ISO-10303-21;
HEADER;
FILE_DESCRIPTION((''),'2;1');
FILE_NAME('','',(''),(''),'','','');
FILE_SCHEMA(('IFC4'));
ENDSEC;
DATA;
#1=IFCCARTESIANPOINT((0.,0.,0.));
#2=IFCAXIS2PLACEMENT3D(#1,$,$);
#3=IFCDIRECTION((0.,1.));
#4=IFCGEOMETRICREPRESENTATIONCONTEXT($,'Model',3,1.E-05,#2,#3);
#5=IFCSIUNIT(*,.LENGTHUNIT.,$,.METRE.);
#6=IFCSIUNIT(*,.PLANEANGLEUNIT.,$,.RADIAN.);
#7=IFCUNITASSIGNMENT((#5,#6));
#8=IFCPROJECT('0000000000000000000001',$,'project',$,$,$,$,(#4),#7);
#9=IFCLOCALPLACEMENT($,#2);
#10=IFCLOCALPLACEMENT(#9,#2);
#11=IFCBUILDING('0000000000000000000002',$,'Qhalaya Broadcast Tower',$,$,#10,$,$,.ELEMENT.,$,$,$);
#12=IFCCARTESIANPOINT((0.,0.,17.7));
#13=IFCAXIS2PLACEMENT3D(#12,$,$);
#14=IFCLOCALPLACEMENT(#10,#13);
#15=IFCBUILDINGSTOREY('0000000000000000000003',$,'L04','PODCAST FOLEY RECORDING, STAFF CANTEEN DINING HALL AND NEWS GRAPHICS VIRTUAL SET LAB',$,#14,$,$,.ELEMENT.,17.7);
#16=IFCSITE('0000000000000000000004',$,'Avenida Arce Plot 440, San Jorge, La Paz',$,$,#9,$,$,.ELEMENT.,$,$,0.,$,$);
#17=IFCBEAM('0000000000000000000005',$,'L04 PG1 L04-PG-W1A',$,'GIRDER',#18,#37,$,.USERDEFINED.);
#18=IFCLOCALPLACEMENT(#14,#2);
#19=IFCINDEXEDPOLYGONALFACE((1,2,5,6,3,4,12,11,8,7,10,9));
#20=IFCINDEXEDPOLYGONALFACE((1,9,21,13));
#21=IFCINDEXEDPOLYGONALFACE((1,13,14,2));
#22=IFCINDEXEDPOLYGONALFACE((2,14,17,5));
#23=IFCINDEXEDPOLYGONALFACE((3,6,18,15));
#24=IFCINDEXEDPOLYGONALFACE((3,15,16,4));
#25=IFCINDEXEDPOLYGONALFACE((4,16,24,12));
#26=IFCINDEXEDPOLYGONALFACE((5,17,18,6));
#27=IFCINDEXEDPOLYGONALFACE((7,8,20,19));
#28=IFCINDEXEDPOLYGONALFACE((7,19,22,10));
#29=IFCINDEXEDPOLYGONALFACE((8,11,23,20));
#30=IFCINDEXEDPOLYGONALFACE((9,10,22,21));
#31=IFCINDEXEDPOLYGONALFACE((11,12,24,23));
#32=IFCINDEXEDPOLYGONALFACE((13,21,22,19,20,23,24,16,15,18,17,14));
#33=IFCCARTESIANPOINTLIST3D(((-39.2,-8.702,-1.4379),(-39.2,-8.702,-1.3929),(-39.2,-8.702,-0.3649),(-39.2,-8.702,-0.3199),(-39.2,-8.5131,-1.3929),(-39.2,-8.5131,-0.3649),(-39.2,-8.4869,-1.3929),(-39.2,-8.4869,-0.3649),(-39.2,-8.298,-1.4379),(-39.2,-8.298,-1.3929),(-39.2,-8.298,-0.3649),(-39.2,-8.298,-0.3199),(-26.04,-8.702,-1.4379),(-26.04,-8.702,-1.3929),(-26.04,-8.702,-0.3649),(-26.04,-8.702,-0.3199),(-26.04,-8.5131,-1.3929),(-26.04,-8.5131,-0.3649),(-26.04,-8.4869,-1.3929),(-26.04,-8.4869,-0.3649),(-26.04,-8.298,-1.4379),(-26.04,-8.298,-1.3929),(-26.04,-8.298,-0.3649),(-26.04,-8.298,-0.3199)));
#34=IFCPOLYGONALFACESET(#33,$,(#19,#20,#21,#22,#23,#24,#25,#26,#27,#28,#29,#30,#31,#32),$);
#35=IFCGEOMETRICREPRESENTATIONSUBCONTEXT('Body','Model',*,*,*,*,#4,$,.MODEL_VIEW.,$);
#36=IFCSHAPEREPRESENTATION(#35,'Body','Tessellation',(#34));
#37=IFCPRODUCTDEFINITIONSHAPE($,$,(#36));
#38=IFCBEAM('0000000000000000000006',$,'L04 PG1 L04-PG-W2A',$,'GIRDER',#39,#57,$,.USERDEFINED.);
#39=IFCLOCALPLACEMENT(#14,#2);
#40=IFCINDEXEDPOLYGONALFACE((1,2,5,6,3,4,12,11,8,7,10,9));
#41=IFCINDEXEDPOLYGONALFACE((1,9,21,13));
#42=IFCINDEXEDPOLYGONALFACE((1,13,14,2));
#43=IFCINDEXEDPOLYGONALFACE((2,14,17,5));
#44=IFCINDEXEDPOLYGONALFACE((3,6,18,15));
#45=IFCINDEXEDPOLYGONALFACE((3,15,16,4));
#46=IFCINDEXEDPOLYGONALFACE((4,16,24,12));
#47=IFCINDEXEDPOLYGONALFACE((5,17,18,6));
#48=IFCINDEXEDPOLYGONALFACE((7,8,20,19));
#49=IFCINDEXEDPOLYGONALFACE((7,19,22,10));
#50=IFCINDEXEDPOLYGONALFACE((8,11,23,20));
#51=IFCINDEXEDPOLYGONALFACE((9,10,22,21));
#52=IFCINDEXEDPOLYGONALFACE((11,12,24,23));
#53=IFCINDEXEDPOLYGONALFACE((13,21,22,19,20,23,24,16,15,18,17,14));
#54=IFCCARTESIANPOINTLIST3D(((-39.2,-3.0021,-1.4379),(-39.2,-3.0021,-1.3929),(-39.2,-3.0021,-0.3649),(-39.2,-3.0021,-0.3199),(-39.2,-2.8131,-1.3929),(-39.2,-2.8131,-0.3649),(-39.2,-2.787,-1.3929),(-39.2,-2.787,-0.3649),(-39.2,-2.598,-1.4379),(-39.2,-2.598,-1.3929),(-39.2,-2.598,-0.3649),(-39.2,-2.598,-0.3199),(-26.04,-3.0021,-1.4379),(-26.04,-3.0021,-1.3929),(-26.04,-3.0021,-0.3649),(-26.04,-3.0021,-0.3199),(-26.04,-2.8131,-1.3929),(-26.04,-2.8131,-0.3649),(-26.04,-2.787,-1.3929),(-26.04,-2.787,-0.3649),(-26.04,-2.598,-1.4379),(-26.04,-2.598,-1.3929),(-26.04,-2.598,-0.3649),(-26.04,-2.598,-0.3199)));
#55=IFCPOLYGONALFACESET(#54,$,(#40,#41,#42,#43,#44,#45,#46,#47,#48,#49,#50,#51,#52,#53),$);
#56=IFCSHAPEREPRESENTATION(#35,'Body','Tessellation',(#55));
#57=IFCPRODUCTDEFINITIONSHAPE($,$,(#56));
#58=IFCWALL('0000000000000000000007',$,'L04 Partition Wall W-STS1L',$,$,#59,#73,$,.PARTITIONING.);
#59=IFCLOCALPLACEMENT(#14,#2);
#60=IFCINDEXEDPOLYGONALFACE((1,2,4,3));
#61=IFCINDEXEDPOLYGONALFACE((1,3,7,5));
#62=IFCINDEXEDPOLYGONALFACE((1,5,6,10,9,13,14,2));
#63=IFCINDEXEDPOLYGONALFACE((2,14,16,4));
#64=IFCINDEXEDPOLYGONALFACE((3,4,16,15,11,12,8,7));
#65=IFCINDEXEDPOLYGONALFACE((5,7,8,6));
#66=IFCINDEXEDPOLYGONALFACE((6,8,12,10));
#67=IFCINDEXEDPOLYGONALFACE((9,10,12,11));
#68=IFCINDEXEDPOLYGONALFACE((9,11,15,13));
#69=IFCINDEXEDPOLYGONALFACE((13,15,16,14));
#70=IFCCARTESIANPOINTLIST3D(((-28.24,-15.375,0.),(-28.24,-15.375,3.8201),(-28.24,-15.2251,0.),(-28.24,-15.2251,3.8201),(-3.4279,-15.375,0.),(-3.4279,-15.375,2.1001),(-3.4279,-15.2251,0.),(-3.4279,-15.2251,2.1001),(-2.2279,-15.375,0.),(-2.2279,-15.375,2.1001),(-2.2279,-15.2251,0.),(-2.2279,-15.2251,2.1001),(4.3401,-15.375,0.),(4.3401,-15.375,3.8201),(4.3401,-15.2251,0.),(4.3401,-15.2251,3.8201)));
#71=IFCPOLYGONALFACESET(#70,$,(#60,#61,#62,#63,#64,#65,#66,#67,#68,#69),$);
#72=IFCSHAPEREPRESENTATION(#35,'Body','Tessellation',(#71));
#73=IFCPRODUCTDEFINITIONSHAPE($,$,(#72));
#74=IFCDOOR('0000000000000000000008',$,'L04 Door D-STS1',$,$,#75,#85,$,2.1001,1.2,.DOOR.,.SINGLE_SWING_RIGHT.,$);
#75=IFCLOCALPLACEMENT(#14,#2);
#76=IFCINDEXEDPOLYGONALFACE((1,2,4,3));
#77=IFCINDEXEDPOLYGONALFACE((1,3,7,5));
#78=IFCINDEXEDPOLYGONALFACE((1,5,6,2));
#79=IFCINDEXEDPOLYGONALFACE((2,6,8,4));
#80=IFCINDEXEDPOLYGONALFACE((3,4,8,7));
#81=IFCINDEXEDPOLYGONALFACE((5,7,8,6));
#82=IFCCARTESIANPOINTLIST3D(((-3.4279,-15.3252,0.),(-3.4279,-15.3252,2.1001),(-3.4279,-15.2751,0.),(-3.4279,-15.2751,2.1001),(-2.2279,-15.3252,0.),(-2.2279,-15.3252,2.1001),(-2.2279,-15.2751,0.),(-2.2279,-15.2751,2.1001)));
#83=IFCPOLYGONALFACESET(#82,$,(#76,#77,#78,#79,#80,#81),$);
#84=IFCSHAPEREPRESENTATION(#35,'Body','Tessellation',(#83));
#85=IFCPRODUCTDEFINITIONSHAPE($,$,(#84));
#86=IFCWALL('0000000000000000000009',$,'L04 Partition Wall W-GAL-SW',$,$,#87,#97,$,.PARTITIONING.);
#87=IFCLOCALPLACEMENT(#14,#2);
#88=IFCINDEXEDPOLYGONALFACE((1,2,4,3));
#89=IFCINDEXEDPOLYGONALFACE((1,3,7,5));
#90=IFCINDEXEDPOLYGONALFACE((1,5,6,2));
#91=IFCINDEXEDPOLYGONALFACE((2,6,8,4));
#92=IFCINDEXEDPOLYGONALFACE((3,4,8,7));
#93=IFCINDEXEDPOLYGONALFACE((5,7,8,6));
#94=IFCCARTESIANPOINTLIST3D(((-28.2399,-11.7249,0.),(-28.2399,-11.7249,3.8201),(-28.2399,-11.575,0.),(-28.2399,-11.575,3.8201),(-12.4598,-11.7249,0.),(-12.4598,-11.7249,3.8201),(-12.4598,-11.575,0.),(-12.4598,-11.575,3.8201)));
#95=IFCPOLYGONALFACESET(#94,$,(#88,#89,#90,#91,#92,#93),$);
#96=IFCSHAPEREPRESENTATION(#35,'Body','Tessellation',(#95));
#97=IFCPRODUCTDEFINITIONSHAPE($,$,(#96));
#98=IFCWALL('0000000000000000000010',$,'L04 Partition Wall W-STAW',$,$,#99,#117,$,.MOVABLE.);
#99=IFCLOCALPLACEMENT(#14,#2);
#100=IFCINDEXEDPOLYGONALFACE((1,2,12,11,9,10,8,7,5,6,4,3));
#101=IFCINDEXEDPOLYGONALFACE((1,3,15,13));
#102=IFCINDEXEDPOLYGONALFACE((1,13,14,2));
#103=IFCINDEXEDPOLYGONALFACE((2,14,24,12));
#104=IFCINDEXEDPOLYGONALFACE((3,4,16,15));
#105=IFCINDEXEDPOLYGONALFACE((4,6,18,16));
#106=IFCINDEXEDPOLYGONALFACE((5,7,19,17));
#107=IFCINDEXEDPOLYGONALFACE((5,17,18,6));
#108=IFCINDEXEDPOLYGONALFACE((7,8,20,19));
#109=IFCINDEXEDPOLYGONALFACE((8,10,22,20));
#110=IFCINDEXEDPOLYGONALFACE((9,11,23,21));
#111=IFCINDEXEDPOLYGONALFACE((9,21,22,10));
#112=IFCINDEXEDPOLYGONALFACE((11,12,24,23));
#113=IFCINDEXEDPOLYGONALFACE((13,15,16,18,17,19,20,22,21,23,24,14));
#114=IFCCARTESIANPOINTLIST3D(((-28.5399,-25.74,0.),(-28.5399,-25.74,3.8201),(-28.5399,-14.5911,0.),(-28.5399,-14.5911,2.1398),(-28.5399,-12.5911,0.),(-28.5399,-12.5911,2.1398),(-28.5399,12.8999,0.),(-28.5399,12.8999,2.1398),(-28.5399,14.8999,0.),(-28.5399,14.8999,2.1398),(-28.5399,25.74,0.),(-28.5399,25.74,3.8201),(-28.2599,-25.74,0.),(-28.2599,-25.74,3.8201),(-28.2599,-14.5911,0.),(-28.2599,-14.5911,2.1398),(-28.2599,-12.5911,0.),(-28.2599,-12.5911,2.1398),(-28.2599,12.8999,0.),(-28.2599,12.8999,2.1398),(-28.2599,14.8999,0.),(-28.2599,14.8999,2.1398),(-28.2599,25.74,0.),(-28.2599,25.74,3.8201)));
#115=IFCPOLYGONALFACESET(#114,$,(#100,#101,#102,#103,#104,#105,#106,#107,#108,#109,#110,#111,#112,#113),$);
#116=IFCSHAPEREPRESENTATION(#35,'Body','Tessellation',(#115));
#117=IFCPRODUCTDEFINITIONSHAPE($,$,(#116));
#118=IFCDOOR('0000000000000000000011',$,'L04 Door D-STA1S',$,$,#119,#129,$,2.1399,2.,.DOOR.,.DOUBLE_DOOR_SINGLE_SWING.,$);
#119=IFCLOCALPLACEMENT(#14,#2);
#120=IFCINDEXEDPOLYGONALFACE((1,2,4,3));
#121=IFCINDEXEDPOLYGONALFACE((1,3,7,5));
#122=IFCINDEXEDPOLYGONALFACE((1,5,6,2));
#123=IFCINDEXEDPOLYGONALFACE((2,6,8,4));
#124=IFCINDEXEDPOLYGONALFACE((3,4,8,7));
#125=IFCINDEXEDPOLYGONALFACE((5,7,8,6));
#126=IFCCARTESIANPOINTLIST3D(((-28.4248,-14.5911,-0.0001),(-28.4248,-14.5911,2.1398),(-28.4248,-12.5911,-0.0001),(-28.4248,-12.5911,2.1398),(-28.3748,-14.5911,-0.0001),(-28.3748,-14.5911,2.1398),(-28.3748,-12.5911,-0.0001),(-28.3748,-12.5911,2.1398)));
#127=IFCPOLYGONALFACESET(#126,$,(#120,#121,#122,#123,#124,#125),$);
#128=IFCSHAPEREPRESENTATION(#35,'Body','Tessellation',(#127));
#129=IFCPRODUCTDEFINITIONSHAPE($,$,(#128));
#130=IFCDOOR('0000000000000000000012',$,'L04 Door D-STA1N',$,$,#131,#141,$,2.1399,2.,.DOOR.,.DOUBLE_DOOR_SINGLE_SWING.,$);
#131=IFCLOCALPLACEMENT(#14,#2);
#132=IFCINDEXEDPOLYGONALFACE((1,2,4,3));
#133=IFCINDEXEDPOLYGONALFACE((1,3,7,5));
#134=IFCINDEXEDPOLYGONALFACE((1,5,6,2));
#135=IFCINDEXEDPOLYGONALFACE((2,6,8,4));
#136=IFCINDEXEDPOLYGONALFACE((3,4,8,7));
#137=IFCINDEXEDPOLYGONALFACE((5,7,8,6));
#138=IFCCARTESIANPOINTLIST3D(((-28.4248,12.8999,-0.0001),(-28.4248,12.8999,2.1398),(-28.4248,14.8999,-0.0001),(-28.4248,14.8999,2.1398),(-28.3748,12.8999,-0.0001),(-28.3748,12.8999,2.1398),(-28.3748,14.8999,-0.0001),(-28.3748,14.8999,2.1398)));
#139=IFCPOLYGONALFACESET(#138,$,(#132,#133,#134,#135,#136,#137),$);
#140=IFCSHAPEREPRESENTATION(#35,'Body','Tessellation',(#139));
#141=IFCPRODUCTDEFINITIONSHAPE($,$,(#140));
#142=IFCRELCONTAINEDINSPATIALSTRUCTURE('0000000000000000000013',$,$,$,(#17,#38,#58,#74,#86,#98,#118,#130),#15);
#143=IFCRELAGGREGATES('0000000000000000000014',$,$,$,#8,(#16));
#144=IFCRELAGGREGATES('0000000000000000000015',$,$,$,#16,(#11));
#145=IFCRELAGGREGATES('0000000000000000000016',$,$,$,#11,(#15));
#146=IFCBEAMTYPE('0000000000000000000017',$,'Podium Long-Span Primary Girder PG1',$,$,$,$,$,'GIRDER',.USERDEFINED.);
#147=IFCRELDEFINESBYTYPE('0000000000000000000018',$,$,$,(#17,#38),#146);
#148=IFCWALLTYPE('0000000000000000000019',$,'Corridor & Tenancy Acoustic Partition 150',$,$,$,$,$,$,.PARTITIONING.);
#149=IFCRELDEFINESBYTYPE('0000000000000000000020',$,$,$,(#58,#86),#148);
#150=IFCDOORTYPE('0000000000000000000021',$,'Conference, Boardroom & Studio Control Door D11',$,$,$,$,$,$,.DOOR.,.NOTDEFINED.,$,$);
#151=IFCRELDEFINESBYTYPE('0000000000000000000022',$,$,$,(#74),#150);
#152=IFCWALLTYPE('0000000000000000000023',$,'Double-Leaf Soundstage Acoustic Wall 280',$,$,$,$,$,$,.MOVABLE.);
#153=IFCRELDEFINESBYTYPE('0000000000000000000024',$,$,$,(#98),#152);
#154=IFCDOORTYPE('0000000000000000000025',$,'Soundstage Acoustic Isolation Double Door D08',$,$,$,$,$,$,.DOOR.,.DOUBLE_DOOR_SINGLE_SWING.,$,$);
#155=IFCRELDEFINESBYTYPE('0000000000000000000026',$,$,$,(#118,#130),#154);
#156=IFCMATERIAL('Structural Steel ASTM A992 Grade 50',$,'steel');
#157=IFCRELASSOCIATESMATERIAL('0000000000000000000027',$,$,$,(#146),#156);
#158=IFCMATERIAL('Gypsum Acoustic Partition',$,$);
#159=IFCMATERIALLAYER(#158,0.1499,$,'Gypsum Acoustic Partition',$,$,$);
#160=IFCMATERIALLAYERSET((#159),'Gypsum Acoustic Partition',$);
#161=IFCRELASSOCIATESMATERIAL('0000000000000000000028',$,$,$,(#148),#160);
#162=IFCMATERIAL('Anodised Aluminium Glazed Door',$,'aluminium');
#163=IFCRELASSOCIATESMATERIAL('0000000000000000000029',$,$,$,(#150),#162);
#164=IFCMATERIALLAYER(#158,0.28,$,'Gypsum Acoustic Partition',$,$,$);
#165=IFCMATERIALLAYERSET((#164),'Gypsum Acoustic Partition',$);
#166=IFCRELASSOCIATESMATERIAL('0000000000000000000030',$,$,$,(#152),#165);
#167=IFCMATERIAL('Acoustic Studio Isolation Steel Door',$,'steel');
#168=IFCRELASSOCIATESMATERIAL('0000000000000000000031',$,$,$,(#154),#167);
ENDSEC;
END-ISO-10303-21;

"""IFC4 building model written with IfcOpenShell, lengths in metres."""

from ifc_helpers import new_model, si_unit, direction, frame, frame_2d, origin, origin_2d, place, context, subcontext, project, spatial, rectangle, i_section, extrude, material, layer, layer_set, material_profile, profile_set, type_object, element, fill, save


model = new_model("IFC4")

# Units and contexts
model_context = context("Model", 3, precision=1e-05, world=origin(), true_north=direction((0.0, 1.0)))
body_context = subcontext(model_context, "Body", "Model", "MODEL_VIEW")
ifc_project = project(units=[si_unit("LENGTHUNIT", "METRE"), si_unit("PLANEANGLEUNIT", "RADIAN")], contexts=[model_context])

# Site, building, storey
site_placement = place(None, origin())
site = spatial("IfcSite", under=ifc_project, at=site_placement, Name="Avenida Arce Plot 440, San Jorge, La Paz", CompositionType="ELEMENT", RefElevation=0.0)
building_placement = place(site_placement, origin())
building = spatial("IfcBuilding", under=site, at=building_placement, Name="Qhalaya Broadcast Tower", CompositionType="ELEMENT")
storey_placement = place(building_placement, frame((0.0, 0.0, 17.7)))
storey = spatial("IfcBuildingStorey", under=building, at=storey_placement, Name="L04", Description="PODCAST FOLEY RECORDING, STAFF CANTEEN DINING HALL AND NEWS GRAPHICS VIRTUAL SET LAB", CompositionType="ELEMENT", Elevation=17.7)

# Beams
ifc_material_1 = material(Name="Structural Steel ASTM A992 Grade 50", Category="steel")
ifc_material_profile_1 = material_profile(ifc_material_1, i_section(OverallWidth=0.4041, OverallDepth=1.1179, WebThickness=0.0261, FlangeThickness=0.0449, at=origin_2d()), Name="W44X335")
ifc_profile_set_1 = profile_set([ifc_material_profile_1], Name="Structural Steel ASTM A992 Grade 50")
beam_type_1 = type_object("IfcBeamType", Name="Podium Long-Span Primary Girder PG1", ElementType="GIRDER", PredefinedType="USERDEFINED", material=ifc_profile_set_1)
for number, where, z_axis, x_axis, name in (
    (1, (-39.2, -8.5, -0.8789), (1.0, 0.0, 0.0), (0.0, 1.0, 0.0), "L04 PG1 L04-PG-W1A"),
    (2, (-39.2, -2.8, -0.8789), (1.0, 0.0, 0.0), (0.0, 1.0, 0.0), "L04 PG1 L04-PG-W2A"),
):
    element("IfcBeam", number, at=place(storey_placement, frame(where, z_axis=z_axis, x_axis=x_axis)), inside=storey, type_object=beam_type_1, Name=name, ObjectType="GIRDER", PredefinedType="USERDEFINED", context=body_context, shape_type="SweptSolid", body=[
        extrude(i_section(OverallWidth=0.4041, OverallDepth=1.1179, WebThickness=0.0261, FlangeThickness=0.0449, at=origin_2d()), origin(), (0.0, 0.0, 1.0), 13.1599),
    ])

# Wall, opening, door
ifc_material_2 = material(Name="Gypsum Acoustic Partition")
ifc_layer_1 = layer(ifc_material_2, 0.1499, Name="Gypsum Acoustic Partition")
ifc_layer_set_1 = layer_set([ifc_layer_1], Name="Gypsum Acoustic Partition")
wall_type_1 = type_object("IfcWallType", Name="Corridor & Tenancy Acoustic Partition 150", PredefinedType="PARTITIONING", material=ifc_layer_set_1)
wall_1_placement = place(storey_placement, frame((-28.24, -15.3, 0.0), z_axis=(0.0, 0.0, 1.0), x_axis=(1.0, 0.0, 0.0)))
wall_1 = element("IfcWall", 3, at=wall_1_placement, inside=storey, type_object=wall_type_1, Name="L04 Partition Wall W-STS1L", PredefinedType="PARTITIONING", context=body_context, shape_type="SweptSolid", body=[
    extrude(rectangle(XDim=32.5801, YDim=0.1499, at=frame_2d((16.29, 0.0))), origin(), (0.0, 0.0, 1.0), 3.8201),
])
opening_1_placement = place(wall_1_placement, frame((24.812, 0.0, 0.0)))
opening_1 = element("IfcOpeningElement", 4, at=opening_1_placement, cuts=wall_1, PredefinedType="OPENING", context=body_context, shape_type="SweptSolid", body=[
    extrude(rectangle(XDim=1.2, YDim=2.1001, at=frame_2d((0.6001, 1.05))), frame((0.0, 0.0869, 0.0), z_axis=(0.0, -1.0, 0.0), x_axis=(1.0, 0.0, 0.0)), (0.0, 0.0, 1.0), 0.1738),
])
ifc_material_3 = material(Name="Anodised Aluminium Glazed Door", Category="aluminium")
door_type_1 = type_object("IfcDoorType", Name="Conference, Boardroom & Studio Control Door D11", OperationType="NOTDEFINED", PredefinedType="DOOR", material=ifc_material_3)
door_1_placement = place(opening_1_placement, origin())
door_1 = element("IfcDoor", 5, at=door_1_placement, inside=storey, type_object=door_type_1, Name="L04 Door D-STS1", OperationType="SINGLE_SWING_RIGHT", OverallHeight=2.1001, OverallWidth=1.2, PredefinedType="DOOR", context=body_context, shape_type="SweptSolid", body=[
    extrude(rectangle(XDim=1.2, YDim=2.1001, at=frame_2d((0.6001, 1.05))), frame((0.0, 0.0249, 0.0), z_axis=(0.0, -1.0, 0.0), x_axis=(1.0, 0.0, 0.0)), (0.0, 0.0, 1.0), 0.05),
])
fill(opening_1, door_1)

# Wall
wall_2_placement = place(storey_placement, frame((-28.24, -11.6499, 0.0), z_axis=(0.0, 0.0, 1.0), x_axis=(1.0, 0.0, 0.0)))
element("IfcWall", 6, at=wall_2_placement, inside=storey, type_object=wall_type_1, Name="L04 Partition Wall W-GAL-SW", PredefinedType="PARTITIONING", context=body_context, shape_type="SweptSolid", body=[
    extrude(rectangle(XDim=15.78, YDim=0.1499, at=frame_2d((7.8901, 0.0))), origin(), (0.0, 0.0, 1.0), 3.8201),
])

# Wall, openings, doors
ifc_layer_2 = layer(ifc_material_2, 0.28, Name="Gypsum Acoustic Partition")
ifc_layer_set_2 = layer_set([ifc_layer_2], Name="Gypsum Acoustic Partition")
wall_type_2 = type_object("IfcWallType", Name="Double-Leaf Soundstage Acoustic Wall 280", PredefinedType="MOVABLE", material=ifc_layer_set_2)
wall_3_placement = place(storey_placement, frame((-28.3999, -25.74, 0.0), z_axis=(0.0, 0.0, 1.0), x_axis=(0.0, 1.0, 0.0)))
wall_3 = element("IfcWall", 7, at=wall_3_placement, inside=storey, type_object=wall_type_2, Name="L04 Partition Wall W-STAW", PredefinedType="MOVABLE", context=body_context, shape_type="SweptSolid", body=[
    extrude(rectangle(XDim=51.48, YDim=0.28, at=frame_2d((25.74, 0.0))), origin(), (0.0, 0.0, 1.0), 3.8201),
])
opening_2_placement = place(wall_3_placement, frame((11.1489, 0.0, 0.0)))
opening_2 = element("IfcOpeningElement", 8, at=opening_2_placement, cuts=wall_3, PredefinedType="OPENING", context=body_context, shape_type="SweptSolid", body=[
    extrude(rectangle(XDim=2.0, YDim=2.1399, at=frame_2d((1.0, 1.0698))), frame((0.0, 0.1521, 0.0), z_axis=(0.0, -1.0, 0.0), x_axis=(1.0, 0.0, 0.0)), (0.0, 0.0, 1.0), 0.304),
])
opening_3_placement = place(wall_3_placement, frame((38.6399, 0.0, 0.0)))
opening_3 = element("IfcOpeningElement", 9, at=opening_3_placement, cuts=wall_3, PredefinedType="OPENING", context=body_context, shape_type="SweptSolid", body=[
    extrude(rectangle(XDim=2.0, YDim=2.1399, at=frame_2d((1.0, 1.0698))), frame((0.0, 0.1521, 0.0), z_axis=(0.0, -1.0, 0.0), x_axis=(1.0, 0.0, 0.0)), (0.0, 0.0, 1.0), 0.304),
])
ifc_material_4 = material(Name="Acoustic Studio Isolation Steel Door", Category="steel")
door_type_2 = type_object("IfcDoorType", Name="Soundstage Acoustic Isolation Double Door D08", OperationType="DOUBLE_DOOR_SINGLE_SWING", PredefinedType="DOOR", material=ifc_material_4)
door_2_placement = place(opening_2_placement, origin())
door_2 = element("IfcDoor", 10, at=door_2_placement, inside=storey, type_object=door_type_2, Name="L04 Door D-STA1S", OperationType="DOUBLE_DOOR_SINGLE_SWING", OverallHeight=2.1399, OverallWidth=2.0, PredefinedType="DOOR", context=body_context, shape_type="SweptSolid", body=[
    extrude(rectangle(XDim=2.0, YDim=2.1399, at=frame_2d((1.0, 1.0698))), frame((0.0, 0.0249, 0.0), z_axis=(0.0, -1.0, 0.0), x_axis=(1.0, 0.0, 0.0)), (0.0, 0.0, 1.0), 0.05),
])
fill(opening_2, door_2)
door_3_placement = place(opening_3_placement, origin())
door_3 = element("IfcDoor", 11, at=door_3_placement, inside=storey, type_object=door_type_2, Name="L04 Door D-STA1N", OperationType="DOUBLE_DOOR_SINGLE_SWING", OverallHeight=2.1399, OverallWidth=2.0, PredefinedType="DOOR", context=body_context, shape_type="SweptSolid", body=[
    extrude(rectangle(XDim=2.0, YDim=2.1399, at=frame_2d((1.0, 1.0698))), frame((0.0, 0.0249, 0.0), z_axis=(0.0, -1.0, 0.0), x_axis=(1.0, 0.0, 0.0)), (0.0, 0.0, 1.0), 0.05),
])
fill(opening_3, door_3)

save(model, "model.ifc")
